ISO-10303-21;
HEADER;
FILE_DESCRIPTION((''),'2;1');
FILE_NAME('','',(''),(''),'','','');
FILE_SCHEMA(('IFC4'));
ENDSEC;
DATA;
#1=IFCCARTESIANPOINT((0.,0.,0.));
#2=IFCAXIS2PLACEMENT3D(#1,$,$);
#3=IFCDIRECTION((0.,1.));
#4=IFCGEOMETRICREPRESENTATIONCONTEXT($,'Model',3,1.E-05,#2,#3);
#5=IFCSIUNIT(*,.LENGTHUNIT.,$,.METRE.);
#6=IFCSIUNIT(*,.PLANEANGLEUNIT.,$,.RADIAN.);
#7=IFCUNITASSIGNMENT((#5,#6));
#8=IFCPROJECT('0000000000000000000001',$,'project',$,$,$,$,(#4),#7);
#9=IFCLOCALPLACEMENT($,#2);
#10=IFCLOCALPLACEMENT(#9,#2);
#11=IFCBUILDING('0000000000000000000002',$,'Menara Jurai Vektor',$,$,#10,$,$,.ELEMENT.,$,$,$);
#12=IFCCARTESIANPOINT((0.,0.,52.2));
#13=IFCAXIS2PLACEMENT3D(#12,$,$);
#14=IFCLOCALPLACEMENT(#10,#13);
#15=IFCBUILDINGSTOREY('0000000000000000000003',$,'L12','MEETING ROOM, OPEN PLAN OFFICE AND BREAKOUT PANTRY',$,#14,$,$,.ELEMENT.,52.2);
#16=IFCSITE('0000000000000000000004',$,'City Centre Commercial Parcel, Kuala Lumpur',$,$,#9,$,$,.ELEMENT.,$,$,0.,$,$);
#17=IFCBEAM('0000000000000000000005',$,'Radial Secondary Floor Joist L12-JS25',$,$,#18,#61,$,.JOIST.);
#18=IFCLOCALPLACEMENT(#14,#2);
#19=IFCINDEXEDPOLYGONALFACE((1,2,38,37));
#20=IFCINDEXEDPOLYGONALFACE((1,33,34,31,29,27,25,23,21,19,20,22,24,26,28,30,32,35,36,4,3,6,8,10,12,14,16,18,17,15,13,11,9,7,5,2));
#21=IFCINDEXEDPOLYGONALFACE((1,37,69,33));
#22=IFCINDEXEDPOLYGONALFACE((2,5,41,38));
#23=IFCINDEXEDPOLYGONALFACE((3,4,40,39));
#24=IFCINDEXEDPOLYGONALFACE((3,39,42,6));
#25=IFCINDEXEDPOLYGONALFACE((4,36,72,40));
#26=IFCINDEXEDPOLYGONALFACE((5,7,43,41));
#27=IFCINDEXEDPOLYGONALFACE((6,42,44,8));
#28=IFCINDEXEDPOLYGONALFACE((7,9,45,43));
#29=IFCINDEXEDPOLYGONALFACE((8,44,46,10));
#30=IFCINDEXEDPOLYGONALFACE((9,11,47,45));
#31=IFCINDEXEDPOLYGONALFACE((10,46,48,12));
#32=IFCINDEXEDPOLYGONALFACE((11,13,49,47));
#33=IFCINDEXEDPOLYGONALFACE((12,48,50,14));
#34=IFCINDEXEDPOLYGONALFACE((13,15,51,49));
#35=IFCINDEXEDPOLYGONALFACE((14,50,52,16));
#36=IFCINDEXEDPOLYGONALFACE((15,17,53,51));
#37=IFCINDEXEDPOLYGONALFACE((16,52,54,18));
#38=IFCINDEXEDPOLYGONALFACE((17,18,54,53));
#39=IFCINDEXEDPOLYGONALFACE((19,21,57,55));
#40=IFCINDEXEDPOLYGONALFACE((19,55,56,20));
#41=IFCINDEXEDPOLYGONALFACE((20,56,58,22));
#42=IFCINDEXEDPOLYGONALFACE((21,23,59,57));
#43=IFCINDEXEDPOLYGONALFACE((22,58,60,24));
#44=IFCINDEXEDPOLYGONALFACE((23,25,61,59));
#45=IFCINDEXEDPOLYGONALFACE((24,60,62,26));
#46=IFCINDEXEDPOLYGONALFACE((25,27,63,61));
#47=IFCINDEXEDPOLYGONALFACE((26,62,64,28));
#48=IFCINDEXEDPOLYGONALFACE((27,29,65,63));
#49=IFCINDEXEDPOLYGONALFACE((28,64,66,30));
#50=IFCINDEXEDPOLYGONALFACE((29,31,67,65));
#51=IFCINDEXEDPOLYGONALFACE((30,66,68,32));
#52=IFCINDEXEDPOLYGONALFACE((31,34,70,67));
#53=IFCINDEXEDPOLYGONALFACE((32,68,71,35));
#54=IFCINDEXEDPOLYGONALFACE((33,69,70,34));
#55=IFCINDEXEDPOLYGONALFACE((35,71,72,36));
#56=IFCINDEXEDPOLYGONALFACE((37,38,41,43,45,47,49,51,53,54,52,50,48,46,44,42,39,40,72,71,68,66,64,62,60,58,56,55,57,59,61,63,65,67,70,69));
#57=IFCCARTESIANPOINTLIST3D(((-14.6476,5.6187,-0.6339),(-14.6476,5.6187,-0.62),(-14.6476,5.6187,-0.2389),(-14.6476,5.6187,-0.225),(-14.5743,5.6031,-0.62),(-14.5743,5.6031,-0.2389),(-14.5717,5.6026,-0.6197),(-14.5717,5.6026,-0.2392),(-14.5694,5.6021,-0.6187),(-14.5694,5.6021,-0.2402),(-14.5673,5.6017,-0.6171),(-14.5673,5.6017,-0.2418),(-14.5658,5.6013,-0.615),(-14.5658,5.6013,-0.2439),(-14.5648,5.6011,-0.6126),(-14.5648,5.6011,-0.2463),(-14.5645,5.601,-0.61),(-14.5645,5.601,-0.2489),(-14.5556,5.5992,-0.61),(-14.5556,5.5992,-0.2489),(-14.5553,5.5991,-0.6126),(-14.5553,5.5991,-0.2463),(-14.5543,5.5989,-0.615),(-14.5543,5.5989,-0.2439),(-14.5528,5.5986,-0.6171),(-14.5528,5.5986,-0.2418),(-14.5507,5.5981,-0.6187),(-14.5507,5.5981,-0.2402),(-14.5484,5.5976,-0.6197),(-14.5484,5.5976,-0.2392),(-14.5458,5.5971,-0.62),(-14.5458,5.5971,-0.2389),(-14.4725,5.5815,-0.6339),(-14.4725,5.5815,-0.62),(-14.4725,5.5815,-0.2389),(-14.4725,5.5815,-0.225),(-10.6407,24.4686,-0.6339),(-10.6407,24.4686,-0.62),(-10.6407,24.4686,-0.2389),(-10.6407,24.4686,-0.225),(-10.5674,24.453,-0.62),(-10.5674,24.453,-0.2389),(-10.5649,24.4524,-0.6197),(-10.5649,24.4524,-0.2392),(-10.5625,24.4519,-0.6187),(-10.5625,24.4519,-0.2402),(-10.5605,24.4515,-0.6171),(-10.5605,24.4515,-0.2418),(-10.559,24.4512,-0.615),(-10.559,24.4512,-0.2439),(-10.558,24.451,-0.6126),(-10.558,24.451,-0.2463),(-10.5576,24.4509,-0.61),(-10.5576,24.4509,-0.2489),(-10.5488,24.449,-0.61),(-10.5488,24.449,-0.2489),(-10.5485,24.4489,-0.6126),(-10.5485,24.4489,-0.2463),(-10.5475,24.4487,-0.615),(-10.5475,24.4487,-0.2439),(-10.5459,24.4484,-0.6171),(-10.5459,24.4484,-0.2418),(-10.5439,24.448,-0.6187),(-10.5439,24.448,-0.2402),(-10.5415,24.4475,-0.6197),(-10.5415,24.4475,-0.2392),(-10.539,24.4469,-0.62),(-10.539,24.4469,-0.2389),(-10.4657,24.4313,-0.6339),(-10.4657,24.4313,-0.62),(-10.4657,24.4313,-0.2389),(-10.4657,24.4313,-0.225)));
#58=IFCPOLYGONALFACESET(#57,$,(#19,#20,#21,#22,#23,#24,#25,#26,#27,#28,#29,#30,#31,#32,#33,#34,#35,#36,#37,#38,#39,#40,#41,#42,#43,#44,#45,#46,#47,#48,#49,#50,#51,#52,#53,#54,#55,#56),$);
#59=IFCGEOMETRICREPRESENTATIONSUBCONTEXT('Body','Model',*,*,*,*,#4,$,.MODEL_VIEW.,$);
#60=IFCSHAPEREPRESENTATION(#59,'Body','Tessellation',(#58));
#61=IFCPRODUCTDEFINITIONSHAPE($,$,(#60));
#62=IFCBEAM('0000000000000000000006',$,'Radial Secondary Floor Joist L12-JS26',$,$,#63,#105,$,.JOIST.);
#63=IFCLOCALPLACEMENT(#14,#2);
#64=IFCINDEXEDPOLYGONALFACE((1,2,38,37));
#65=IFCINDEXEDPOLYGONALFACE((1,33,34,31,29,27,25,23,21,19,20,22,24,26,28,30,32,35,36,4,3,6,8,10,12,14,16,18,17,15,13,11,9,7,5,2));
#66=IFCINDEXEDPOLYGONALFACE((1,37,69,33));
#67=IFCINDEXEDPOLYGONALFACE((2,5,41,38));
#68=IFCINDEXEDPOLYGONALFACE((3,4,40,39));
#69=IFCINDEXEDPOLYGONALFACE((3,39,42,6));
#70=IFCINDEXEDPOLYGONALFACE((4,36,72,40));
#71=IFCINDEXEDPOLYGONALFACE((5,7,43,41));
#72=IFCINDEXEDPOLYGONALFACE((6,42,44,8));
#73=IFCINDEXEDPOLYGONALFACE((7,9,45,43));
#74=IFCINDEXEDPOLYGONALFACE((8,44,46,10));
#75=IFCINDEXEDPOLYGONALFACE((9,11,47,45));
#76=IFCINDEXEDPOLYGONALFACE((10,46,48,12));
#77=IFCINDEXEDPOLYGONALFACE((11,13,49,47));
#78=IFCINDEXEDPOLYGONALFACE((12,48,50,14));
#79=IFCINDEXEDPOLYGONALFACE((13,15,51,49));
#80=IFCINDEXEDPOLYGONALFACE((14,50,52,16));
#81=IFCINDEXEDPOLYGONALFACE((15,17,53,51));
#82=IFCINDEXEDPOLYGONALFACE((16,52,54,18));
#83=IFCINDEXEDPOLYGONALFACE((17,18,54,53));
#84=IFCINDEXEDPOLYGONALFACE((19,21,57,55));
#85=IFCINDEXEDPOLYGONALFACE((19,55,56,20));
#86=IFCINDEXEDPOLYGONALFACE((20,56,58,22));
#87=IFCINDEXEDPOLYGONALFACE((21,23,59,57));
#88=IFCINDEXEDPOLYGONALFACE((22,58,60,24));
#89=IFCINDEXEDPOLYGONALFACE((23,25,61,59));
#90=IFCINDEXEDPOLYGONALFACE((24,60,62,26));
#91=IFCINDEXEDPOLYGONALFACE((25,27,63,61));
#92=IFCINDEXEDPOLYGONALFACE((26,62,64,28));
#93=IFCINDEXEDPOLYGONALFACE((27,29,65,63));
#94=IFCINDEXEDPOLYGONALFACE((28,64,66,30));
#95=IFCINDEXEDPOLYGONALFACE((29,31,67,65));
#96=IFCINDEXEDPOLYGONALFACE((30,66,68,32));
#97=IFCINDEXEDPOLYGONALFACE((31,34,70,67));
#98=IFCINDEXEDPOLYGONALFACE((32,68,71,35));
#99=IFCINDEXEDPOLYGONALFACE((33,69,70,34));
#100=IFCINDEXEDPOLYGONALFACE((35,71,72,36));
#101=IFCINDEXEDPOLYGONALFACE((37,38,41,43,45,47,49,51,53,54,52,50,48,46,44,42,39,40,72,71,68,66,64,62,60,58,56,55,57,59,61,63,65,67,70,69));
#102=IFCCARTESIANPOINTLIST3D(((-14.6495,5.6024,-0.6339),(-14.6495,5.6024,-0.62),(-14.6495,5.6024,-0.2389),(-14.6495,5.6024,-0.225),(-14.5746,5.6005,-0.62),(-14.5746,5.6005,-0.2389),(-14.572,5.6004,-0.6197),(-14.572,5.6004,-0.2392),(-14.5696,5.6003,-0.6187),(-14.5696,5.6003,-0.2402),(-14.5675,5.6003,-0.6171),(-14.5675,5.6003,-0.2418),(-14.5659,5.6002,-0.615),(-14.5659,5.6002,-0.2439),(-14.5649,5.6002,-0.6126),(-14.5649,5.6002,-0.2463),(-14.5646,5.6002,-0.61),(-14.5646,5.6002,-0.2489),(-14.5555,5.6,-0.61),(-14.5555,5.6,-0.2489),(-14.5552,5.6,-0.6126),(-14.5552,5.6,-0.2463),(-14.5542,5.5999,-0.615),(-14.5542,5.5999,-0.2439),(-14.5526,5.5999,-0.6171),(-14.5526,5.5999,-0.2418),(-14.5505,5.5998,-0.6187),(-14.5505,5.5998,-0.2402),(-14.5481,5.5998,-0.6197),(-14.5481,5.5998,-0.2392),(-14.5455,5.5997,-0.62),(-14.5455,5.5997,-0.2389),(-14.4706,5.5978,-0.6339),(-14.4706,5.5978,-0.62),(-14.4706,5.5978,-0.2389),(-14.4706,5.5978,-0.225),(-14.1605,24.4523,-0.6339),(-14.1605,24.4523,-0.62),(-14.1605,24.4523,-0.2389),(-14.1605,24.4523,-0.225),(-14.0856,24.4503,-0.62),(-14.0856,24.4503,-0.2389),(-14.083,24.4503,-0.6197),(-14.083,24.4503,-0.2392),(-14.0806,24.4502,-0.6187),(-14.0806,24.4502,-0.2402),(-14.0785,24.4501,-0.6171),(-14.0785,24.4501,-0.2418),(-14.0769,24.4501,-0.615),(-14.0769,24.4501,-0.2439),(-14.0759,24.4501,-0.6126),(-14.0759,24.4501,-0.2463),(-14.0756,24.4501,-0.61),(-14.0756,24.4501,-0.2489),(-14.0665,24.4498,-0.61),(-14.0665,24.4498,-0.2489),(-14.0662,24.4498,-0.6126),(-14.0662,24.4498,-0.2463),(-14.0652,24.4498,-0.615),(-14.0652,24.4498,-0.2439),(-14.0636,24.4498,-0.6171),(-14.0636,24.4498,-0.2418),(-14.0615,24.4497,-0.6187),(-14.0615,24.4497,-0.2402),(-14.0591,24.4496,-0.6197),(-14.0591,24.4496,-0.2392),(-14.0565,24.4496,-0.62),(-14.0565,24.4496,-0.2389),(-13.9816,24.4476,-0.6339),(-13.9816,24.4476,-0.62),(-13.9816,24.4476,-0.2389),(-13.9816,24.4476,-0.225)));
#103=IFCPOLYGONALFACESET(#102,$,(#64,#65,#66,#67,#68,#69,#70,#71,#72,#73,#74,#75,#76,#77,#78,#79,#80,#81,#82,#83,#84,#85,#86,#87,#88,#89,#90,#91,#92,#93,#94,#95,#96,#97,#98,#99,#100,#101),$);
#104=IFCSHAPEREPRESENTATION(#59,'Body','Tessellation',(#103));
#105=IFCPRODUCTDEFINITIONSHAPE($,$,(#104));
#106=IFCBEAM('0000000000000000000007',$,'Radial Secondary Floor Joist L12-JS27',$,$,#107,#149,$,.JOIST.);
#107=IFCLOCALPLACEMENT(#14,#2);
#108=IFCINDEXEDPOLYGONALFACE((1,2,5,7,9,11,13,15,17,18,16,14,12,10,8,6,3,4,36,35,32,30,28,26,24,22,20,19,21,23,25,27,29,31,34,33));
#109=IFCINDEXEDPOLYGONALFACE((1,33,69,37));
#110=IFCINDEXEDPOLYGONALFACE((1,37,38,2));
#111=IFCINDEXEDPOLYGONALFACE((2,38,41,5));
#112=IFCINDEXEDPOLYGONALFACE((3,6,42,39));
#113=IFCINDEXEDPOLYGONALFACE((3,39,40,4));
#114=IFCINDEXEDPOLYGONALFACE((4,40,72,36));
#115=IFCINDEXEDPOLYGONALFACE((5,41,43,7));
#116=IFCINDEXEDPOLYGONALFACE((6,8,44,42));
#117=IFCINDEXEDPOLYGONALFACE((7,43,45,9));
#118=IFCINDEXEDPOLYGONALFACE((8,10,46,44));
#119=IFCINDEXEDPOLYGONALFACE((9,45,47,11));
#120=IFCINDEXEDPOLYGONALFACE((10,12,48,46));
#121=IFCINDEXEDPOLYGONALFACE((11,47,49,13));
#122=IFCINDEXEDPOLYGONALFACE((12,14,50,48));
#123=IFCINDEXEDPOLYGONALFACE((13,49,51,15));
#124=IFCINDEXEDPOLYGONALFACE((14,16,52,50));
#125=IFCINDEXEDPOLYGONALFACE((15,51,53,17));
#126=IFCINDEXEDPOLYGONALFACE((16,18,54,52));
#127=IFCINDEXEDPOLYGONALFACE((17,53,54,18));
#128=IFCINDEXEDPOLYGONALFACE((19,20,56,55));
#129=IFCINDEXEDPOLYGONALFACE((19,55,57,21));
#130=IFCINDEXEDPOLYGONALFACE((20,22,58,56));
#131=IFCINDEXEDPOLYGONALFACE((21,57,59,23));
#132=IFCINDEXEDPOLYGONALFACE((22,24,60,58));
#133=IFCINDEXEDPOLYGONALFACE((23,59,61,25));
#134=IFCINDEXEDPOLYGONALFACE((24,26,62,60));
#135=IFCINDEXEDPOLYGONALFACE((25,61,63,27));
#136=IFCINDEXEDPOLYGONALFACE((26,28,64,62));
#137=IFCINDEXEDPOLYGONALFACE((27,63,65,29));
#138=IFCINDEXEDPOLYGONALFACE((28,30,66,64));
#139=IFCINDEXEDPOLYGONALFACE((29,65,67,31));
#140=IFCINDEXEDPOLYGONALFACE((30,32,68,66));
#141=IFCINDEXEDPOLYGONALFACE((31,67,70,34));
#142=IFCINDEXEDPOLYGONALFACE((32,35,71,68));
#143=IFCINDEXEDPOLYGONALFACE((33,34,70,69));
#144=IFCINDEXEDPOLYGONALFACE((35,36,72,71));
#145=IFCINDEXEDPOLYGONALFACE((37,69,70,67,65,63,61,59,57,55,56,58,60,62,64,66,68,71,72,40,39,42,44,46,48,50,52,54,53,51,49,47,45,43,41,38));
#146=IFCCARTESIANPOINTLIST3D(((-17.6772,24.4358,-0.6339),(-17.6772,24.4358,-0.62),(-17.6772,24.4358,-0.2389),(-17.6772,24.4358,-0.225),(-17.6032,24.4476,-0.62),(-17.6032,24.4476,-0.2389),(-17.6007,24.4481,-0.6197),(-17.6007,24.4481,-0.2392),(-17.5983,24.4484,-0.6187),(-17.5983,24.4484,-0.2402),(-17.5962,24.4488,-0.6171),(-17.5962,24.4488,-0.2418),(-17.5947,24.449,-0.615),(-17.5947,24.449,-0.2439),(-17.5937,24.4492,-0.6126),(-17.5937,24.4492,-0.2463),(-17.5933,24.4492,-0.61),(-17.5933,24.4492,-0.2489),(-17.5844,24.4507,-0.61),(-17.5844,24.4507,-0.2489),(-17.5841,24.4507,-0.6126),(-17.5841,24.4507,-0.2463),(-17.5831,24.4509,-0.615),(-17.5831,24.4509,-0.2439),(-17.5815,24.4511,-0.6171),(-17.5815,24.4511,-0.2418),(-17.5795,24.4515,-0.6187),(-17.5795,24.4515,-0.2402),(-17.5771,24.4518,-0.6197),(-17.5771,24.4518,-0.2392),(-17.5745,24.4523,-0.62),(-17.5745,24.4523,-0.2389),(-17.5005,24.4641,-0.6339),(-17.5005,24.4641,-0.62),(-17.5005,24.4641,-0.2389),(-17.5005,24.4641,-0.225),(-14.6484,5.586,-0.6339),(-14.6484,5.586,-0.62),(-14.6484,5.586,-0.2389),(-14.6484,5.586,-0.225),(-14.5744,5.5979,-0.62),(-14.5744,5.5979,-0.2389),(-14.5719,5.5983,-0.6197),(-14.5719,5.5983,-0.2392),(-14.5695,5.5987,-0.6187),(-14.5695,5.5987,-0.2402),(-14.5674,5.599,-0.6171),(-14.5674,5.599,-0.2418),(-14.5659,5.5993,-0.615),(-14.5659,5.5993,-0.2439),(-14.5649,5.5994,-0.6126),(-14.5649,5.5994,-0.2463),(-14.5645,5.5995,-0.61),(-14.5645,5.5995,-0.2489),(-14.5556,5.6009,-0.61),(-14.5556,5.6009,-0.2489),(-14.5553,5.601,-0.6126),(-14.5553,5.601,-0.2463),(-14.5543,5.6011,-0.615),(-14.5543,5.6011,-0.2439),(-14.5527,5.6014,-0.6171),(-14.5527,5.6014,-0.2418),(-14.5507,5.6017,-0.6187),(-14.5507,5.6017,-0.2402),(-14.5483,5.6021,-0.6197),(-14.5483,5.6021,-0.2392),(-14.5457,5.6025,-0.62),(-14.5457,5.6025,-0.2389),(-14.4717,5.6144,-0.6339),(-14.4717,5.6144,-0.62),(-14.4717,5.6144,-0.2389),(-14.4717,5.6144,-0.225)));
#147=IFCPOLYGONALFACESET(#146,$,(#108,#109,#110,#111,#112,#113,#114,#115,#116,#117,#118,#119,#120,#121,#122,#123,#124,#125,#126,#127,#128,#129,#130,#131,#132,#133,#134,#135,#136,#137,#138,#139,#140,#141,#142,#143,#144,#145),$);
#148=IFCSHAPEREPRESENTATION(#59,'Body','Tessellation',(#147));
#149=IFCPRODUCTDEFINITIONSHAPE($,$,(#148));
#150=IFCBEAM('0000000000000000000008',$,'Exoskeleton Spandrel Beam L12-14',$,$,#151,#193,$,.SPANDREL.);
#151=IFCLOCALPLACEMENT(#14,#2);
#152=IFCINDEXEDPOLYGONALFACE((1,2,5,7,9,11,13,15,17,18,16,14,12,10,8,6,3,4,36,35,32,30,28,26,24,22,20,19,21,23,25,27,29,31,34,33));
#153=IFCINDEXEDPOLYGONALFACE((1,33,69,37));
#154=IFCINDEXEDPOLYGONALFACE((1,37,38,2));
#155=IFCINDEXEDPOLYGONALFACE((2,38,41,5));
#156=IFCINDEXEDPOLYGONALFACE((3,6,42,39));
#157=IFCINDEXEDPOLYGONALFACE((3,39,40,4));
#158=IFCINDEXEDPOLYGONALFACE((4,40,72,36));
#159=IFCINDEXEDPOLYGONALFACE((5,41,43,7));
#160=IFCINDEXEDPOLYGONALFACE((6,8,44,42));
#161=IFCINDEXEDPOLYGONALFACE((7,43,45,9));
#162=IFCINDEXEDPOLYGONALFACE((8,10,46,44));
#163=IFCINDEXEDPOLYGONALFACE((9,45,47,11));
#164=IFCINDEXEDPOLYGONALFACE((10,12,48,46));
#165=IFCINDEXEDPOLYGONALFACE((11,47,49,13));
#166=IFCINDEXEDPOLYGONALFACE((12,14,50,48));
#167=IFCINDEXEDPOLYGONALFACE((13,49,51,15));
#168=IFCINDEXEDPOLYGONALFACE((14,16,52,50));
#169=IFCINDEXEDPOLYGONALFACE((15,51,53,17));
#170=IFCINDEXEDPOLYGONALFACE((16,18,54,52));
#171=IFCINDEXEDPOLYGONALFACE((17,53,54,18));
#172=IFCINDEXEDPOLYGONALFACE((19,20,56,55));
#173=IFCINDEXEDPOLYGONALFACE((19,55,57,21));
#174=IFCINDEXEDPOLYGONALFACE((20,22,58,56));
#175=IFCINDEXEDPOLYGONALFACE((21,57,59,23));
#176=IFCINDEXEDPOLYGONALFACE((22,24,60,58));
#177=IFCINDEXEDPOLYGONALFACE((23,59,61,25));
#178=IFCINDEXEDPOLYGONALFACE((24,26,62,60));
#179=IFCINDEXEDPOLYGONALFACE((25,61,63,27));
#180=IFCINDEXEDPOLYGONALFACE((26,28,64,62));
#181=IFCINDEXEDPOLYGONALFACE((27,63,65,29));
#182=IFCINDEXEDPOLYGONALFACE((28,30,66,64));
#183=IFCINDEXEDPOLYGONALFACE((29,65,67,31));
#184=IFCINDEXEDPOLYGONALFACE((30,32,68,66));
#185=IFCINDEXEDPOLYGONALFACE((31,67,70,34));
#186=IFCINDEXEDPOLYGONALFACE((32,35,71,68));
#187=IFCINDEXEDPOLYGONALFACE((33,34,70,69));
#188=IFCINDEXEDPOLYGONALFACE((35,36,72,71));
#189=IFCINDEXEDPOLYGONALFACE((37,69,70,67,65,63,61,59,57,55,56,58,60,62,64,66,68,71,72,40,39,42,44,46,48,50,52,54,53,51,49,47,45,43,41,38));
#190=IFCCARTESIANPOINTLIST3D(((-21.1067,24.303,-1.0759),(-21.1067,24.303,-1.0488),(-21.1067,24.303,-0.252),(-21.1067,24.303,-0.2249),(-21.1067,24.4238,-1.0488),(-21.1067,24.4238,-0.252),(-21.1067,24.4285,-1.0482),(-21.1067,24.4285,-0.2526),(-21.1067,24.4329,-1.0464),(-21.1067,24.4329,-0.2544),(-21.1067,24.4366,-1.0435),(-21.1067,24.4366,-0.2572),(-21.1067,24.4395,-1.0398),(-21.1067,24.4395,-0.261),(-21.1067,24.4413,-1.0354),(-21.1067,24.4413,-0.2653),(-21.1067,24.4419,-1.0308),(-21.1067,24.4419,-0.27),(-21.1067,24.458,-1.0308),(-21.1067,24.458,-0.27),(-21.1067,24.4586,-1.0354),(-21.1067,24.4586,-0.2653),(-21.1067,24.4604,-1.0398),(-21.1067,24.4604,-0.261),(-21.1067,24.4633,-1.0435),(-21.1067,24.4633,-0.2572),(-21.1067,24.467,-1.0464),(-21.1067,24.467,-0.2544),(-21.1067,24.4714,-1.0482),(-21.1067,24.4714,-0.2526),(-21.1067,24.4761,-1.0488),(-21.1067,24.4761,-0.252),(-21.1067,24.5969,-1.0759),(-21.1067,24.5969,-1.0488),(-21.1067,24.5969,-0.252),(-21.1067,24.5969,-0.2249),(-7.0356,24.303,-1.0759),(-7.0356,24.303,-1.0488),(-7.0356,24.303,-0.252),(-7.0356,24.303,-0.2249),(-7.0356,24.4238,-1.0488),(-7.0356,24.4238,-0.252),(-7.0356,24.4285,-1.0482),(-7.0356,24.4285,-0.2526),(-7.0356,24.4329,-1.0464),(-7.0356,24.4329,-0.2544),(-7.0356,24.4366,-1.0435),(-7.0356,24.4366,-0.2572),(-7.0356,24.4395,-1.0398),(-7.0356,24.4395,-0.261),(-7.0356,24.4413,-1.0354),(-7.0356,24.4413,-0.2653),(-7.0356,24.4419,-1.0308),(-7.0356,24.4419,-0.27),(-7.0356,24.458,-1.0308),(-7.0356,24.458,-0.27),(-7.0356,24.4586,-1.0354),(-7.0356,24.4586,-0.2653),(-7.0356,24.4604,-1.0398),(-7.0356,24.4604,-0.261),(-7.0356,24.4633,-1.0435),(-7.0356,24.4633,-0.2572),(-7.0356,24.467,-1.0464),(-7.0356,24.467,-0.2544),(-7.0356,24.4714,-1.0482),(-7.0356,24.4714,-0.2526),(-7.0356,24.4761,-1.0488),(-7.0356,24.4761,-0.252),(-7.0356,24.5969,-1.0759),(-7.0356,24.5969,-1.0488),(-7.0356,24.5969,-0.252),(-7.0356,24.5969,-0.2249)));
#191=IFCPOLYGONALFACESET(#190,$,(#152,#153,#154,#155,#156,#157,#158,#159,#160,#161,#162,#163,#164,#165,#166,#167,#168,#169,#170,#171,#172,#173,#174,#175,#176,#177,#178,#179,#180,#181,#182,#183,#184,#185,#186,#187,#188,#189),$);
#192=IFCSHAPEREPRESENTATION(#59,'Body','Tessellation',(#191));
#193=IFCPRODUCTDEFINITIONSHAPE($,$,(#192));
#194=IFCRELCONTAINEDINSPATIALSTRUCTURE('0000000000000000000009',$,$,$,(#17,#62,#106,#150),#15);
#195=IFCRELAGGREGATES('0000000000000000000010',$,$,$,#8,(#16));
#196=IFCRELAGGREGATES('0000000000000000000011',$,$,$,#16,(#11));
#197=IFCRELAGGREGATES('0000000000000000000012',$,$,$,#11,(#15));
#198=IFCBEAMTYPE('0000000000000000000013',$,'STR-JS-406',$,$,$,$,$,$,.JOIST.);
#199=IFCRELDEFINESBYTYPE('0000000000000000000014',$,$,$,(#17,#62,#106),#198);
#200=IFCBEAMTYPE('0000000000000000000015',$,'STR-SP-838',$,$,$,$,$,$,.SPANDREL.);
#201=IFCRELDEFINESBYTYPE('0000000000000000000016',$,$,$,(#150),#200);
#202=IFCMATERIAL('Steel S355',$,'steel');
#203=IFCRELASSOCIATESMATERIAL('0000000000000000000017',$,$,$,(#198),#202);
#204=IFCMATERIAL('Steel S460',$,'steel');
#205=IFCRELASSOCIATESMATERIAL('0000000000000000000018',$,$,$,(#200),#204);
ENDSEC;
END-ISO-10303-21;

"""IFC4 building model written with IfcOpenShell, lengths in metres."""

from ifc_helpers import new_model, si_unit, direction, frame, origin, origin_2d, place, context, subcontext, project, spatial, i_section, extrude, material, material_profile, profile_set, type_object, element, save


model = new_model("IFC4")

# Units and contexts
model_context = context("Model", 3, precision=1e-05, world=origin(), true_north=direction((0.0, 1.0)))
body_context = subcontext(model_context, "Body", "Model", "MODEL_VIEW")
ifc_project = project(units=[si_unit("LENGTHUNIT", "METRE"), si_unit("PLANEANGLEUNIT", "RADIAN")], contexts=[model_context])

# Site, building, storey
site_placement = place(None, origin())
site = spatial("IfcSite", under=ifc_project, at=site_placement, Name="City Centre Commercial Parcel, Kuala Lumpur", CompositionType="ELEMENT", RefElevation=0.0)
building_placement = place(site_placement, origin())
building = spatial("IfcBuilding", under=site, at=building_placement, Name="Menara Jurai Vektor", CompositionType="ELEMENT")
storey_placement = place(building_placement, frame((0.0, 0.0, 52.2)))
storey = spatial("IfcBuildingStorey", under=building, at=storey_placement, Name="L12", Description="MEETING ROOM, OPEN PLAN OFFICE AND BREAKOUT PANTRY", CompositionType="ELEMENT", Elevation=52.2)

# Shared definitions
ifc_material_1 = material(Name="Steel S460", Category="steel")

# Beams
ifc_material_2 = material(Name="Steel S355", Category="steel")
ifc_material_profile_1 = material_profile(ifc_material_2, i_section(OverallWidth=0.179, OverallDepth=0.4089, WebThickness=0.009, FlangeThickness=0.0139, FilletRadius=0.01, at=origin_2d()), Name="UKB 406x178x67")
ifc_profile_set_1 = profile_set([ifc_material_profile_1], Name="Steel S355")
beam_type_1 = type_object("IfcBeamType", Name="STR-JS-406", PredefinedType="JOIST", material=ifc_profile_set_1)
beam_1_placement = place(storey_placement, frame((-10.5532, 24.45, -0.4294), z_axis=(-0.20792, -0.978146, 0.0), x_axis=(0.978146, -0.20792, 0.0)))
element("IfcBeam", 1, at=beam_1_placement, inside=storey, type_object=beam_type_1, Name="Radial Secondary Floor Joist L12-JS25", PredefinedType="JOIST", context=body_context, shape_type="SweptSolid", body=[
    extrude(i_section(OverallWidth=0.179, OverallDepth=0.4089, WebThickness=0.009, FlangeThickness=0.0139, FilletRadius=0.01, at=origin_2d()), origin(), (0.0, 0.0, 1.0), 19.271),
])
beam_2_placement = place(storey_placement, frame((-14.071, 24.45, -0.4294), z_axis=(-0.025934, -0.999664, 0.0), x_axis=(0.999664, -0.025934, 0.0)))
element("IfcBeam", 2, at=beam_2_placement, inside=storey, type_object=beam_type_1, Name="Radial Secondary Floor Joist L12-JS26", PredefinedType="JOIST", context=body_context, shape_type="SweptSolid", body=[
    extrude(i_section(OverallWidth=0.179, OverallDepth=0.4089, WebThickness=0.009, FlangeThickness=0.0139, FilletRadius=0.01, at=origin_2d()), origin(), (0.0, 0.0, 1.0), 18.8562),
])
beam_3_placement = place(storey_placement, frame((-17.5889, 24.45, -0.4294), z_axis=(0.158646, -0.987336, 0.0), x_axis=(0.987336, 0.158646, 0.0)))
element("IfcBeam", 3, at=beam_3_placement, inside=storey, type_object=beam_type_1, Name="Radial Secondary Floor Joist L12-JS27", PredefinedType="JOIST", context=body_context, shape_type="SweptSolid", body=[
    extrude(i_section(OverallWidth=0.179, OverallDepth=0.4089, WebThickness=0.009, FlangeThickness=0.0139, FilletRadius=0.01, at=origin_2d()), origin(), (0.0, 0.0, 1.0), 19.0916),
])
ifc_material_profile_2 = material_profile(ifc_material_1, i_section(OverallWidth=0.2939, OverallDepth=0.8511, WebThickness=0.0161, FlangeThickness=0.0271, FilletRadius=0.0181, at=origin_2d()), Name="UKB 838x292x226")
ifc_profile_set_2 = profile_set([ifc_material_profile_2], Name="Steel S460")
beam_type_2 = type_object("IfcBeamType", Name="STR-SP-838", PredefinedType="SPANDREL", material=ifc_profile_set_2)
for number, where, z_axis, x_axis, name in (
    (4, (-7.0356, 24.45, -0.6504), (-1.0, 0.0, 0.0), (0.0, -1.0, 0.0), "Exoskeleton Spandrel Beam L12-14"),
):
    element("IfcBeam", number, at=place(storey_placement, frame(where, z_axis=z_axis, x_axis=x_axis)), inside=storey, type_object=beam_type_2, Name=name, PredefinedType="SPANDREL", context=body_context, shape_type="SweptSolid", body=[
        extrude(i_section(OverallWidth=0.2939, OverallDepth=0.8511, WebThickness=0.0161, FlangeThickness=0.0271, FilletRadius=0.0181, at=origin_2d()), origin(), (0.0, 0.0, 1.0), 14.071),
    ])

save(model, "model.ifc")
